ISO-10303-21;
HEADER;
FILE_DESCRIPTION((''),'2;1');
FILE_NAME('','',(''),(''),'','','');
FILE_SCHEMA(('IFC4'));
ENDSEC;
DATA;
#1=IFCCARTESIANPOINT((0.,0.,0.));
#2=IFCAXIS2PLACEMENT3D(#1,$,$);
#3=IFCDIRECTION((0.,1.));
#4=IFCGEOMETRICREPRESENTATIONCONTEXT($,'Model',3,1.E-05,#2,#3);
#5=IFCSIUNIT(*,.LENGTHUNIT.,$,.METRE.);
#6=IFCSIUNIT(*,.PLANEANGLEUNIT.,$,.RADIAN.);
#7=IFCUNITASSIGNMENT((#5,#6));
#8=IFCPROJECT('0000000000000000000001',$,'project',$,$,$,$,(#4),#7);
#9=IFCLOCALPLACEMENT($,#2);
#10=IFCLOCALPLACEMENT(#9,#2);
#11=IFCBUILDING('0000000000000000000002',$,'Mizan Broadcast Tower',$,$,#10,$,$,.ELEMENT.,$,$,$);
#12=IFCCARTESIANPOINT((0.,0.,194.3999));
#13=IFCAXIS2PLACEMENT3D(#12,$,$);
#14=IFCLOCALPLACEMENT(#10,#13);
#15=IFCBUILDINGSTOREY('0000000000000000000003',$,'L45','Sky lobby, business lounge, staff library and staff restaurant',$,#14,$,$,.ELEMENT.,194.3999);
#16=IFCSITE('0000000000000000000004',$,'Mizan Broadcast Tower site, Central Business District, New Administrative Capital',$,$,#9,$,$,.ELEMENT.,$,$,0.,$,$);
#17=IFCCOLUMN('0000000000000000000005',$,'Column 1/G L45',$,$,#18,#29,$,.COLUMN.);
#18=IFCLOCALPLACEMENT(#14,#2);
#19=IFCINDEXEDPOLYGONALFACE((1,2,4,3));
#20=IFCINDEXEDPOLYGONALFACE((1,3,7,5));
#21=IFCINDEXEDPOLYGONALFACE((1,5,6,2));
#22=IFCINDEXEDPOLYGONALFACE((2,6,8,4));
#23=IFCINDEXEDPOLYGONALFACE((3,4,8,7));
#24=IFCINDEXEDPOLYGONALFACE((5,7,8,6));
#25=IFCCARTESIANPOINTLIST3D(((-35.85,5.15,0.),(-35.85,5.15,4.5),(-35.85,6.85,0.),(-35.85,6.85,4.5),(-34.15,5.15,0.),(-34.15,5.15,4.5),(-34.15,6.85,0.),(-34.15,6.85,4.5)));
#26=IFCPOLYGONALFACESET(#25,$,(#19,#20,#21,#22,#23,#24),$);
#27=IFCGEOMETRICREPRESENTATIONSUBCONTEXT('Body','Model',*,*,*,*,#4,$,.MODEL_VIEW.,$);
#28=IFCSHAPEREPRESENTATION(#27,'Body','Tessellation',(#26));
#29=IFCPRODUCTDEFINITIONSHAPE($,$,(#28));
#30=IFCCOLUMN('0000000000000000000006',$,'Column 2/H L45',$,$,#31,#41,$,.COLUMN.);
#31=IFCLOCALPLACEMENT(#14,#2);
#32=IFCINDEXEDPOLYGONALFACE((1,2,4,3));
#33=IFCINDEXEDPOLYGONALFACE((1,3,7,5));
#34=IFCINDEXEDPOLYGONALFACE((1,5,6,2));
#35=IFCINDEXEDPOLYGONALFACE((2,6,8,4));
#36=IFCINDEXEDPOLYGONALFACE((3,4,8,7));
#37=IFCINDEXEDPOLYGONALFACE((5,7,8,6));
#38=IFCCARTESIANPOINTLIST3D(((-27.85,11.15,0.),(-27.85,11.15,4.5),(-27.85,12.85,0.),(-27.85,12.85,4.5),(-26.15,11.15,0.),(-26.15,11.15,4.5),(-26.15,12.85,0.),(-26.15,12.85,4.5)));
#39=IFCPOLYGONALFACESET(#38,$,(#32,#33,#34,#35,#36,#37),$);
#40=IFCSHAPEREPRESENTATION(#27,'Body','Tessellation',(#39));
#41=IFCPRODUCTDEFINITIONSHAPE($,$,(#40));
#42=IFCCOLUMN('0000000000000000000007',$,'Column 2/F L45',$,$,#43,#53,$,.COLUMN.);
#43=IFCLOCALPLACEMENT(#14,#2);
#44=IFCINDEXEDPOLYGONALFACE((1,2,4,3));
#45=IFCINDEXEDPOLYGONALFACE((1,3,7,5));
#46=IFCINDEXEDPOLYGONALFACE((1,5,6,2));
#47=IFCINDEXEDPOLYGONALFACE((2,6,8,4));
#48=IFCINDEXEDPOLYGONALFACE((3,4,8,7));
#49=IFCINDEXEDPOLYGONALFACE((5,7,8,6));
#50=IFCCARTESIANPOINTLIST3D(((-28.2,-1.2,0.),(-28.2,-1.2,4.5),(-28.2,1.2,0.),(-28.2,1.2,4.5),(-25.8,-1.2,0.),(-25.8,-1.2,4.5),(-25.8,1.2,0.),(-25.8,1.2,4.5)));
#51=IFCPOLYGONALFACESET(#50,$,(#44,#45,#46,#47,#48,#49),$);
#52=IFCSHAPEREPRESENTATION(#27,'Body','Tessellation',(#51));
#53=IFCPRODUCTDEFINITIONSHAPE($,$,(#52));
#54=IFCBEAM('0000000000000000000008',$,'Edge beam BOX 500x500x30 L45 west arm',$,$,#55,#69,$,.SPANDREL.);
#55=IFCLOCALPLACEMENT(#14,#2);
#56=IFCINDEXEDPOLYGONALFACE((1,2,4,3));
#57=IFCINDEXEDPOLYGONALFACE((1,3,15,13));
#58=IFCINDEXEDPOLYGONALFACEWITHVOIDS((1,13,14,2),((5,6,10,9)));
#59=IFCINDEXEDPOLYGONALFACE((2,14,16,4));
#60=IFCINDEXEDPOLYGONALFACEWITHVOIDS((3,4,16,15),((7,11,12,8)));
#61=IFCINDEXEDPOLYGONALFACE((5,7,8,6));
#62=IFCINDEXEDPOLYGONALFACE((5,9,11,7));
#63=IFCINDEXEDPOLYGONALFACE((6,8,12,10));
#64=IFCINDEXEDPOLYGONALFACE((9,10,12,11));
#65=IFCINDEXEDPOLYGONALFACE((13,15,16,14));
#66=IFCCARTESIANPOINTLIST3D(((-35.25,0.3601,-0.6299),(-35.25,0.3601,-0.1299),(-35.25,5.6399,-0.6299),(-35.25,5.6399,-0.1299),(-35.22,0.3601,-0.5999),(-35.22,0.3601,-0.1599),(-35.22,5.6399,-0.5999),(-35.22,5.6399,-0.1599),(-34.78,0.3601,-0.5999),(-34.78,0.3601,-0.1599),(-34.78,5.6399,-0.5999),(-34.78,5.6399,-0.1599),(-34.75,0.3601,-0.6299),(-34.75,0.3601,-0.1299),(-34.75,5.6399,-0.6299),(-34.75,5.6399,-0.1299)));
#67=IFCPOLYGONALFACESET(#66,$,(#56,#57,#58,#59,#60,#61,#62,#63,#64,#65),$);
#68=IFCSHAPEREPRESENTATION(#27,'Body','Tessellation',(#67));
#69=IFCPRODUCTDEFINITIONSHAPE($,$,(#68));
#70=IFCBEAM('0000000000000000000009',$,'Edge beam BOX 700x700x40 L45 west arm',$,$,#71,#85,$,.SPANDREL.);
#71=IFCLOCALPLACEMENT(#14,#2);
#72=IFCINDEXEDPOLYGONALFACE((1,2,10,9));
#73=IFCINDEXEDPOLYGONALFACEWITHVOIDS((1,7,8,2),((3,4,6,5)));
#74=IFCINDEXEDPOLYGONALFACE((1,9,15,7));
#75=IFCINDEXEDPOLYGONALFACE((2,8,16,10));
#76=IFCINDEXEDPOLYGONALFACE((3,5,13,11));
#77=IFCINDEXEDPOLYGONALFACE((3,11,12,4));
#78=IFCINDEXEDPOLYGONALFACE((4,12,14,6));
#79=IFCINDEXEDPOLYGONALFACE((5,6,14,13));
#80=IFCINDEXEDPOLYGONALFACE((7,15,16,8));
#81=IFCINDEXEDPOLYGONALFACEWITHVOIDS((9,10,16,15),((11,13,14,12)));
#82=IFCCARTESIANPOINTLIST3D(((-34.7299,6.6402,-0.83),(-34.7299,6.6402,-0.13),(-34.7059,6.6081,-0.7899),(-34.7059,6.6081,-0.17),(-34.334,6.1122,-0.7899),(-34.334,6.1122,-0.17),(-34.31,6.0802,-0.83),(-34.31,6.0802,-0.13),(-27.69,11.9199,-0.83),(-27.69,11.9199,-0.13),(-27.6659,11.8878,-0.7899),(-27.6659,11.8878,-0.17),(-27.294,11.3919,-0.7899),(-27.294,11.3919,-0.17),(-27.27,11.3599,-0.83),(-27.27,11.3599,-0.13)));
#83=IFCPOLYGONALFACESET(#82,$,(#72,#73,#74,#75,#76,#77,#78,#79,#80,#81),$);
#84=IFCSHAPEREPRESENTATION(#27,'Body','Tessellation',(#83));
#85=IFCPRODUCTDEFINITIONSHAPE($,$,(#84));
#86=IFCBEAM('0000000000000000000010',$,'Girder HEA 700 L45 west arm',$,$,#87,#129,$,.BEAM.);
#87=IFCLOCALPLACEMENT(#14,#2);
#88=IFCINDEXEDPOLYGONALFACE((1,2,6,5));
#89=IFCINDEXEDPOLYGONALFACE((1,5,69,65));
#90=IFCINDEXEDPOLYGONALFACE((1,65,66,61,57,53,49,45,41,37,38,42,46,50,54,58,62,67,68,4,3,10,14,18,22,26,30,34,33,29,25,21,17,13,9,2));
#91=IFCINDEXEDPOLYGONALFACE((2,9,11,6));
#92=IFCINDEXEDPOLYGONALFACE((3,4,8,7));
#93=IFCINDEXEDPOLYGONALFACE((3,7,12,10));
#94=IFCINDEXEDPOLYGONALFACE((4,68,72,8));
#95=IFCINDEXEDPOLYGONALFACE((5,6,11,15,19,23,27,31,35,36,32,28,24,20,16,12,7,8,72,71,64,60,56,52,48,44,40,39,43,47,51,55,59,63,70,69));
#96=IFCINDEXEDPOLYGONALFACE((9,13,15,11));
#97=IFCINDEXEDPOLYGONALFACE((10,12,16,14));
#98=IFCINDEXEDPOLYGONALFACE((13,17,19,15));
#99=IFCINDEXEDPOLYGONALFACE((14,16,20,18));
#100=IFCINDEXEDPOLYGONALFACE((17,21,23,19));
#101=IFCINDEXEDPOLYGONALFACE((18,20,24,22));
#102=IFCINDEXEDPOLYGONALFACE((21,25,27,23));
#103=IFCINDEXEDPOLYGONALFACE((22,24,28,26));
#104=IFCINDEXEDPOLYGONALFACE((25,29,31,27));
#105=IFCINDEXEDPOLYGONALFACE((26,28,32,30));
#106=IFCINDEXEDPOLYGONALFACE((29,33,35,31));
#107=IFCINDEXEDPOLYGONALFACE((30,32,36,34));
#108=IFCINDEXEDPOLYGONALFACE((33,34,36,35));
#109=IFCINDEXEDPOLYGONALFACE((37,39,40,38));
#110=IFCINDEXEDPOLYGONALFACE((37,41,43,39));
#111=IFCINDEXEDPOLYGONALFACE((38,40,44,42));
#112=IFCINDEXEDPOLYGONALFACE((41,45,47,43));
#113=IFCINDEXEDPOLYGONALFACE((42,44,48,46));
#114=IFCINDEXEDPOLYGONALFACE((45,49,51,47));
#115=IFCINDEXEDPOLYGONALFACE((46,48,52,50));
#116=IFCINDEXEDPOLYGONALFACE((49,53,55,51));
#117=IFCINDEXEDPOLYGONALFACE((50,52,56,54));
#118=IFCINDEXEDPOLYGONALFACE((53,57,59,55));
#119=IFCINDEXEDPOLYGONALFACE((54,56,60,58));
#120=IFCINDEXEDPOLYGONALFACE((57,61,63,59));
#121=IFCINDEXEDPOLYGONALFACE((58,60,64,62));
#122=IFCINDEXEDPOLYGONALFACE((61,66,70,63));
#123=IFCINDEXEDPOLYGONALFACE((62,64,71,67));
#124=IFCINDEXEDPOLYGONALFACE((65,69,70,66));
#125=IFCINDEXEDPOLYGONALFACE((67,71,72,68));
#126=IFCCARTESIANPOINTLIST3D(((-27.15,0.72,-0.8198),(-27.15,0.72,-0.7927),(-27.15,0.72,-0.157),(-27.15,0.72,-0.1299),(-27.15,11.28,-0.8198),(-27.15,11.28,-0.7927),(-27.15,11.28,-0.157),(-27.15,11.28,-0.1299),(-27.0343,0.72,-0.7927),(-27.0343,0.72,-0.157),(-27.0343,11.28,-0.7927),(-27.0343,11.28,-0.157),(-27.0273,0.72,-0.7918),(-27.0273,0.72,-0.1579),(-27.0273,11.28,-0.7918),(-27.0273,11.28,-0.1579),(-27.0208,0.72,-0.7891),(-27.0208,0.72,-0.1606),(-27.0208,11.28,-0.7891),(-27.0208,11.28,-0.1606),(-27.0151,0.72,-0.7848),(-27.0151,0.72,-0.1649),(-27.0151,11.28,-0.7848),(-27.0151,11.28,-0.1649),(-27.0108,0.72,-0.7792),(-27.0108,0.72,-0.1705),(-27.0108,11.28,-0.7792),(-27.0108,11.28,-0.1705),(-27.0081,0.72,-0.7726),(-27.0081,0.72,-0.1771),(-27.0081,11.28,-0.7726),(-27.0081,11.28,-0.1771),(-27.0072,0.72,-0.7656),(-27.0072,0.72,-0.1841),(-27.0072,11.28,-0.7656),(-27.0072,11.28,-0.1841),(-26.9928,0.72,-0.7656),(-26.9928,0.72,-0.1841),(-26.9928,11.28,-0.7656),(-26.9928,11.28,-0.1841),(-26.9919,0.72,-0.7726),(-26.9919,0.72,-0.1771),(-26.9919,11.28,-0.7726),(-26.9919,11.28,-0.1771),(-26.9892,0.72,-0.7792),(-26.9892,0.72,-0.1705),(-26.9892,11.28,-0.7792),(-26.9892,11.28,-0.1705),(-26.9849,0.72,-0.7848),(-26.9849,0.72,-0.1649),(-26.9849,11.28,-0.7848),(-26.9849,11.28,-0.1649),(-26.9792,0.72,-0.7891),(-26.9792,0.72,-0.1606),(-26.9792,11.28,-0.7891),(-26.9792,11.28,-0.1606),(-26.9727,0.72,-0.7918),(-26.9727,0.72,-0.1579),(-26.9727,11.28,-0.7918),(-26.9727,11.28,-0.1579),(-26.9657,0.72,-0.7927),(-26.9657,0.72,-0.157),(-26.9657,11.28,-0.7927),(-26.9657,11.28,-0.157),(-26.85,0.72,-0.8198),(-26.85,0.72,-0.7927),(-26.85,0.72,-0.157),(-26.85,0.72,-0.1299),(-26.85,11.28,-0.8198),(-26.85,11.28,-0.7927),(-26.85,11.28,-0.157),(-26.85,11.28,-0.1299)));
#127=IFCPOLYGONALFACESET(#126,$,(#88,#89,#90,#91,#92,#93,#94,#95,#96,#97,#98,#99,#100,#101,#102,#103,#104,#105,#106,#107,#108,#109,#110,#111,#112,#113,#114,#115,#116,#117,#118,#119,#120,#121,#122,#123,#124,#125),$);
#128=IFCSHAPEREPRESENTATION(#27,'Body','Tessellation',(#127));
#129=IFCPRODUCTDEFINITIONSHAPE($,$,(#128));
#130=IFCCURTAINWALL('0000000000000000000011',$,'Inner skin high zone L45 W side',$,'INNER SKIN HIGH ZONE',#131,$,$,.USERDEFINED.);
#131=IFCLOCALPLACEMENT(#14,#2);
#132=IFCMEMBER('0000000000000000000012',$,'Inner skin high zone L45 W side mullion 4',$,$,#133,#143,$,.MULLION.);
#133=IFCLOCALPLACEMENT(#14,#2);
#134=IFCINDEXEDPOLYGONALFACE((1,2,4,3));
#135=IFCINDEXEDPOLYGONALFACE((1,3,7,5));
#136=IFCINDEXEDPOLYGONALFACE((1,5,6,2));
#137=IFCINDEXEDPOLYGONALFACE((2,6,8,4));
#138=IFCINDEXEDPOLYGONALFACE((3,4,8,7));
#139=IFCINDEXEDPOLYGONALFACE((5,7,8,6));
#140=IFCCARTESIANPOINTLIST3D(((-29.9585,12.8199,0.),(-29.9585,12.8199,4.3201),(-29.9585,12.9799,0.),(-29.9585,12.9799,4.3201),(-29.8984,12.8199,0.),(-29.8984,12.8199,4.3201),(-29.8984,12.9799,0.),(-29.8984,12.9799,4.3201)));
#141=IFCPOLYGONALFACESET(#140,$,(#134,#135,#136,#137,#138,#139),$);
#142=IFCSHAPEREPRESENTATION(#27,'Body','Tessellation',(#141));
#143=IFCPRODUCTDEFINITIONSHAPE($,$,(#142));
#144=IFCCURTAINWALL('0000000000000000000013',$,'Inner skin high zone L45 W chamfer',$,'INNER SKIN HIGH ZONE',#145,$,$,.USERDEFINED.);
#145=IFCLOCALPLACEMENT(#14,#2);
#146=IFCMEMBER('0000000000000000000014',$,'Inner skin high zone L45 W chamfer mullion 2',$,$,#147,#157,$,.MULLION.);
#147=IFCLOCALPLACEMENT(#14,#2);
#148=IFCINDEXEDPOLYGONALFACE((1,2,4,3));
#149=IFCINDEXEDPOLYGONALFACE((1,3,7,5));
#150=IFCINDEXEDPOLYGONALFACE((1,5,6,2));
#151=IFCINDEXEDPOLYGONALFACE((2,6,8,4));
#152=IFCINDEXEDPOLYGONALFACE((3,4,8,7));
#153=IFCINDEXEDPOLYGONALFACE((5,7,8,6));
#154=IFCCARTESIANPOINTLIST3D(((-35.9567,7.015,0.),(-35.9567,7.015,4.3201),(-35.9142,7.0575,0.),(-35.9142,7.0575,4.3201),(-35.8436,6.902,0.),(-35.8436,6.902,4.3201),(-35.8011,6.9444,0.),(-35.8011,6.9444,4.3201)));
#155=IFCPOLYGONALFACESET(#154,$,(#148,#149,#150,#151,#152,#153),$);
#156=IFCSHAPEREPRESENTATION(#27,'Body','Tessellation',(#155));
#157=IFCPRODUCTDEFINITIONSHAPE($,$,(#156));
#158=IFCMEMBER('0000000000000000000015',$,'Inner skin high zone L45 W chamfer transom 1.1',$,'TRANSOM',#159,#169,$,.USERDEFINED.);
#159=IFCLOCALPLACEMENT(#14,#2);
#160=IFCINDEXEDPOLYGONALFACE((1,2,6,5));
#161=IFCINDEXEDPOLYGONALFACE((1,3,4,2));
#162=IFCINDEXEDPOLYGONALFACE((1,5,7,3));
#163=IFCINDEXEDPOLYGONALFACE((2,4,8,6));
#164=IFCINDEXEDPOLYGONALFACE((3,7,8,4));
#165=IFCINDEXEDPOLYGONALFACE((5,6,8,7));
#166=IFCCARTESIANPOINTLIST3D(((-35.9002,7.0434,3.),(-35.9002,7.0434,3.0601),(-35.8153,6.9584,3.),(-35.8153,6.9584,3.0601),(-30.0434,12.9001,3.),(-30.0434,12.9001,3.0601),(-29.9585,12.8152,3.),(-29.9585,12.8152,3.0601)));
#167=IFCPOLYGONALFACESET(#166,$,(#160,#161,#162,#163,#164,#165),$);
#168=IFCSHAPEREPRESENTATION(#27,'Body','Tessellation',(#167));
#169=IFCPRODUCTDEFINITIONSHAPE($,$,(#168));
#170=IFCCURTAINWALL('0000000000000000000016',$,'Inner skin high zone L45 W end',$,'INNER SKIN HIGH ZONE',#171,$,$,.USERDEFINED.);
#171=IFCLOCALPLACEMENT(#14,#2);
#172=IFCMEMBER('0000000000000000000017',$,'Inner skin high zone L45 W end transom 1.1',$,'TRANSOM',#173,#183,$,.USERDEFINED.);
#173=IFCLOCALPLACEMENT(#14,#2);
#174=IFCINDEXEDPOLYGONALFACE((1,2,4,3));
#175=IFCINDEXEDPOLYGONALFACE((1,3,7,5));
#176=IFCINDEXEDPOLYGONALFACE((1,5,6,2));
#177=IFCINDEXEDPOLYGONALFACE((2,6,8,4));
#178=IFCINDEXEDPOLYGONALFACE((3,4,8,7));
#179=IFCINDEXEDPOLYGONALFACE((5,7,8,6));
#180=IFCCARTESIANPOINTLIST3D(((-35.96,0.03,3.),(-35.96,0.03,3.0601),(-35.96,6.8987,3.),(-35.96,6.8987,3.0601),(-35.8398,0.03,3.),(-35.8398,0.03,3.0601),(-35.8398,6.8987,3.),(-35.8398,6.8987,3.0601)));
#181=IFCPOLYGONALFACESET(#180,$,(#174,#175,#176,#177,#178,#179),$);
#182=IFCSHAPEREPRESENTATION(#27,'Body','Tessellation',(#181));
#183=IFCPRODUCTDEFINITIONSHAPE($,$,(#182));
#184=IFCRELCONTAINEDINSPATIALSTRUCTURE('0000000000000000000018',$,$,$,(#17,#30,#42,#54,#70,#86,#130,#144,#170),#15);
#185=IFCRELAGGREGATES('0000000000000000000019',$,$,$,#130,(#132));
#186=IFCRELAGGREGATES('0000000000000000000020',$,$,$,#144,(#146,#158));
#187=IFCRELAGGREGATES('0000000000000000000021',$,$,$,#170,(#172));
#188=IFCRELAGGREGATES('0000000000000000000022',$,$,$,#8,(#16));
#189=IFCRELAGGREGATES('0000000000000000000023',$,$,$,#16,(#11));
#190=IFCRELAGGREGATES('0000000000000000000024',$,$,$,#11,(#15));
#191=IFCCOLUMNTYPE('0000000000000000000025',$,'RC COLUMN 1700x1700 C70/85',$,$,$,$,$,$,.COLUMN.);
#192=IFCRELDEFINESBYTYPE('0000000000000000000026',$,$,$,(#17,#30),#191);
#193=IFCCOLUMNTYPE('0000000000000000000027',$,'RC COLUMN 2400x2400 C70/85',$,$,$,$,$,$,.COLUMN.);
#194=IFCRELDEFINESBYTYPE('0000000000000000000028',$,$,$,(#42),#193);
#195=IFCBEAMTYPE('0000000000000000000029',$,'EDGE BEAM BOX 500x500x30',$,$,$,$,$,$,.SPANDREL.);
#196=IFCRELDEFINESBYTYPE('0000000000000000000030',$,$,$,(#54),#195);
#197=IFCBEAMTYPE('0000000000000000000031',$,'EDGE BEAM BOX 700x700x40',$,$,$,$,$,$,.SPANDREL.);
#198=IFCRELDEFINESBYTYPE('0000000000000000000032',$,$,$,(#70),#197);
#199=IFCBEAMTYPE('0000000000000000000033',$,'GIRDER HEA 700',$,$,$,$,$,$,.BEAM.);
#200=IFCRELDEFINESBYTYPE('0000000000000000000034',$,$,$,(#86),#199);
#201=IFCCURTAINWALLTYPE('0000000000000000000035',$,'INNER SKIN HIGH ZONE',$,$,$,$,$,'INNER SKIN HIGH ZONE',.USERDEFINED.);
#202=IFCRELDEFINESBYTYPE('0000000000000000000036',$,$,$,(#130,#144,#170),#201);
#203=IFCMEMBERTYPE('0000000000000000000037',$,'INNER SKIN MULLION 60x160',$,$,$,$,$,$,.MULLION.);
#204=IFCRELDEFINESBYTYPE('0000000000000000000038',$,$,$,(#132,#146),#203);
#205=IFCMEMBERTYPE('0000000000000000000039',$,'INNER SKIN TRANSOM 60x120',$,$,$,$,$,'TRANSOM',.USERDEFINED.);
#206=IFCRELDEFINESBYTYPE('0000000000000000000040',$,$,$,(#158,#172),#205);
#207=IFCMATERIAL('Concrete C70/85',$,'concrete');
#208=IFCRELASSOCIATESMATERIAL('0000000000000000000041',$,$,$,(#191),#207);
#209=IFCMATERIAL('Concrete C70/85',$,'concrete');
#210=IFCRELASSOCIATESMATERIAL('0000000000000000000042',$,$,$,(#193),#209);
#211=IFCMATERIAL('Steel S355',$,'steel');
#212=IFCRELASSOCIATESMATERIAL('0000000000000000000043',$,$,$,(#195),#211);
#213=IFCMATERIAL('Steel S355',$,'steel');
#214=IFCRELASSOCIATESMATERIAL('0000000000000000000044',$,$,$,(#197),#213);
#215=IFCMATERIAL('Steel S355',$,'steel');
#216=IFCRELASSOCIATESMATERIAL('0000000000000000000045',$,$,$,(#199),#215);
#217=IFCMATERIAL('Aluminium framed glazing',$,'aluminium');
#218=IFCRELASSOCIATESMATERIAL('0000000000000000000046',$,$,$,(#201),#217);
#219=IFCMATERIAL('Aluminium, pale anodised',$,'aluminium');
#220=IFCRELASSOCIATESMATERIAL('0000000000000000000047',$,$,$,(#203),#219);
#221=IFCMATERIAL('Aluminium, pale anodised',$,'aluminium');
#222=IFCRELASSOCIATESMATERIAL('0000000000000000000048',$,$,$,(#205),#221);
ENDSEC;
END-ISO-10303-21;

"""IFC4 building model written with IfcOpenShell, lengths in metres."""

from ifc_helpers import new_model, si_unit, direction, frame, origin, origin_2d, place, context, subcontext, project, spatial, rectangle, hollow_rectangle, i_section, extrude, material, material_profile, profile_set, type_object, element, aggregate, save


model = new_model("IFC4")

# Units and contexts
model_context = context("Model", 3, precision=1e-05, world=origin(), true_north=direction((0.0, 1.0)))
body_context = subcontext(model_context, "Body", "Model", "MODEL_VIEW")
ifc_project = project(units=[si_unit("LENGTHUNIT", "METRE"), si_unit("PLANEANGLEUNIT", "RADIAN")], contexts=[model_context])

# Site, building, storey
site_placement = place(None, origin())
site = spatial("IfcSite", under=ifc_project, at=site_placement, Name="Mizan Broadcast Tower site, Central Business District, New Administrative Capital", CompositionType="ELEMENT", RefElevation=0.0)
building_placement = place(site_placement, origin())
building = spatial("IfcBuilding", under=site, at=building_placement, Name="Mizan Broadcast Tower", CompositionType="ELEMENT")
storey_placement = place(building_placement, frame((0.0, 0.0, 194.3999)))
storey = spatial("IfcBuildingStorey", under=building, at=storey_placement, Name="L45", Description="Sky lobby, business lounge, staff library and staff restaurant", CompositionType="ELEMENT", Elevation=194.3999)

# Columns
ifc_material_1 = material(Name="Concrete C70/85", Category="concrete")
ifc_material_profile_1 = material_profile(ifc_material_1, rectangle(XDim=1.7, YDim=1.7, at=origin_2d()), Name="RC 1700x1700")
ifc_profile_set_1 = profile_set([ifc_material_profile_1], Name="Concrete C70/85")
column_type_1 = type_object("IfcColumnType", Name="RC COLUMN 1700x1700 C70/85", PredefinedType="COLUMN", material=ifc_profile_set_1)
for number, where, z_axis, x_axis, name in (
    (1, (-35.0, 6.0, 0.0), (0.0, 0.0, 1.0), (1.0, 0.0, 0.0), "Column 1/G L45"),
    (2, (-27.0, 12.0, 0.0), (0.0, 0.0, 1.0), (1.0, 0.0, 0.0), "Column 2/H L45"),
):
    element("IfcColumn", number, at=place(storey_placement, frame(where, z_axis=z_axis, x_axis=x_axis)), inside=storey, type_object=column_type_1, Name=name, PredefinedType="COLUMN", context=body_context, shape_type="SweptSolid", body=[
        extrude(rectangle(XDim=1.7, YDim=1.7, at=origin_2d()), origin(), (0.0, 0.0, 1.0), 4.5),
    ])
ifc_material_2 = material(Name="Concrete C70/85", Category="concrete")
ifc_material_profile_2 = material_profile(ifc_material_2, rectangle(XDim=2.3999, YDim=2.3999, at=origin_2d()), Name="RC 2400x2400")
ifc_profile_set_2 = profile_set([ifc_material_profile_2], Name="Concrete C70/85")
column_type_2 = type_object("IfcColumnType", Name="RC COLUMN 2400x2400 C70/85", PredefinedType="COLUMN", material=ifc_profile_set_2)
column_placement = place(storey_placement, frame((-27.0, 0.0, 0.0), z_axis=(0.0, 0.0, 1.0), x_axis=(1.0, 0.0, 0.0)))
element("IfcColumn", 3, at=column_placement, inside=storey, type_object=column_type_2, Name="Column 2/F L45", PredefinedType="COLUMN", context=body_context, shape_type="SweptSolid", body=[
    extrude(rectangle(XDim=2.3999, YDim=2.3999, at=origin_2d()), origin(), (0.0, 0.0, 1.0), 4.5),
])

# Beams
ifc_material_3 = material(Name="Steel S355", Category="steel")
ifc_material_profile_3 = material_profile(ifc_material_3, hollow_rectangle(XDim=0.5, YDim=0.5, WallThickness=0.03, at=origin_2d()), Name="BOX 500x500x30")
ifc_profile_set_3 = profile_set([ifc_material_profile_3], Name="Steel S355")
beam_type_1 = type_object("IfcBeamType", Name="EDGE BEAM BOX 500x500x30", PredefinedType="SPANDREL", material=ifc_profile_set_3)
beam_1_placement = place(storey_placement, frame((-35.0, 5.6399, -0.3799), z_axis=(0.0, -1.0, 0.0), x_axis=(1.0, 0.0, 0.0)))
element("IfcBeam", 4, at=beam_1_placement, inside=storey, type_object=beam_type_1, Name="Edge beam BOX 500x500x30 L45 west arm", PredefinedType="SPANDREL", context=body_context, shape_type="SweptSolid", body=[
    extrude(hollow_rectangle(XDim=0.5, YDim=0.5, WallThickness=0.03, at=origin_2d()), origin(), (0.0, 0.0, 1.0), 5.2798),
])
ifc_material_4 = material(Name="Steel S355", Category="steel")
ifc_material_profile_4 = material_profile(ifc_material_4, hollow_rectangle(XDim=0.7, YDim=0.7, WallThickness=0.04, at=origin_2d()), Name="BOX 700x700x40")
ifc_profile_set_4 = profile_set([ifc_material_profile_4], Name="Steel S355")
beam_type_2 = type_object("IfcBeamType", Name="EDGE BEAM BOX 700x700x40", PredefinedType="SPANDREL", material=ifc_profile_set_4)
beam_2_placement = place(storey_placement, frame((-27.48, 11.6399, -0.48), z_axis=(-0.800013, -0.599982, 0.0), x_axis=(0.599982, -0.800013, 0.0)))
element("IfcBeam", 5, at=beam_2_placement, inside=storey, type_object=beam_type_2, Name="Edge beam BOX 700x700x40 L45 west arm", PredefinedType="SPANDREL", context=body_context, shape_type="SweptSolid", body=[
    extrude(hollow_rectangle(XDim=0.7, YDim=0.7, WallThickness=0.04, at=origin_2d()), origin(), (0.0, 0.0, 1.0), 8.7998),
])
ifc_material_5 = material(Name="Steel S355", Category="steel")
ifc_material_profile_5 = material_profile(ifc_material_5, i_section(OverallWidth=0.3, OverallDepth=0.6899, WebThickness=0.0144, FlangeThickness=0.0271, FilletRadius=0.0271, at=origin_2d()), Name="HEA 700")
ifc_profile_set_5 = profile_set([ifc_material_profile_5], Name="Steel S355")
beam_type_3 = type_object("IfcBeamType", Name="GIRDER HEA 700", PredefinedType="BEAM", material=ifc_profile_set_5)
beam_3_placement = place(storey_placement, frame((-27.0, 11.28, -0.4749), z_axis=(0.0, -1.0, 0.0), x_axis=(1.0, 0.0, 0.0)))
element("IfcBeam", 6, at=beam_3_placement, inside=storey, type_object=beam_type_3, Name="Girder HEA 700 L45 west arm", PredefinedType="BEAM", context=body_context, shape_type="SweptSolid", body=[
    extrude(i_section(OverallWidth=0.3, OverallDepth=0.6899, WebThickness=0.0144, FlangeThickness=0.0271, FilletRadius=0.0271, at=origin_2d()), origin(), (0.0, 0.0, 1.0), 10.5601),
])

# Curtain wall, member
ifc_material_6 = material(Name="Aluminium framed glazing", Category="aluminium")
curtain_wall_type_1 = type_object("IfcCurtainWallType", Name="INNER SKIN HIGH ZONE", ElementType="INNER SKIN HIGH ZONE", PredefinedType="USERDEFINED", material=ifc_material_6)
curtain_wall_1_placement = place(storey_placement, origin())
curtain_wall_1 = element("IfcCurtainWall", 7, at=curtain_wall_1_placement, inside=storey, type_object=curtain_wall_type_1, Name="Inner skin high zone L45 W side", ObjectType="INNER SKIN HIGH ZONE", PredefinedType="USERDEFINED")
ifc_material_7 = material(Name="Aluminium, pale anodised", Category="aluminium")
ifc_material_profile_6 = material_profile(ifc_material_7, rectangle(XDim=0.1599, YDim=0.0601, at=origin_2d()), Name="MULLION 160x60")
ifc_profile_set_6 = profile_set([ifc_material_profile_6], Name="Aluminium, pale anodised")
member_type_1 = type_object("IfcMemberType", Name="INNER SKIN MULLION 60x160", PredefinedType="MULLION", material=ifc_profile_set_6)
member_1_placement = place(storey_placement, frame((-29.9285, 12.8999, 0.0), z_axis=(0.0, 0.0, 1.0), x_axis=(0.0, -1.0, 0.0)))
member_1 = element("IfcMember", 8, at=member_1_placement, type_object=member_type_1, Name="Inner skin high zone L45 W side mullion 4", PredefinedType="MULLION", context=body_context, shape_type="SweptSolid", body=[
    extrude(rectangle(XDim=0.1599, YDim=0.0601, at=origin_2d()), origin(), (0.0, 0.0, 1.0), 4.3201),
])

# Curtain wall, members
curtain_wall_2_placement = place(storey_placement, origin())
curtain_wall_2 = element("IfcCurtainWall", 9, at=curtain_wall_2_placement, inside=storey, type_object=curtain_wall_type_1, Name="Inner skin high zone L45 W chamfer", ObjectType="INNER SKIN HIGH ZONE", PredefinedType="USERDEFINED")
member_2_placement = place(storey_placement, frame((-35.8789, 6.9797, 0.0), z_axis=(0.0, 0.0, 1.0), x_axis=(0.707107, -0.707107, 0.0)))
member_2 = element("IfcMember", 10, at=member_2_placement, type_object=member_type_1, Name="Inner skin high zone L45 W chamfer mullion 2", PredefinedType="MULLION", context=body_context, shape_type="SweptSolid", body=[
    extrude(rectangle(XDim=0.1599, YDim=0.0601, at=origin_2d()), origin(), (0.0, 0.0, 1.0), 4.3201),
])
ifc_material_8 = material(Name="Aluminium, pale anodised", Category="aluminium")
ifc_material_profile_7 = material_profile(ifc_material_8, rectangle(XDim=0.1201, YDim=0.0601, at=origin_2d()), Name="TRANSOM 120x60")
ifc_profile_set_7 = profile_set([ifc_material_profile_7], Name="Aluminium, pale anodised")
member_type_2 = type_object("IfcMemberType", Name="INNER SKIN TRANSOM 60x120", ElementType="TRANSOM", PredefinedType="USERDEFINED", material=ifc_profile_set_7)
member_3_placement = place(storey_placement, frame((-30.001, 12.8577, 3.03), z_axis=(-0.707107, -0.707107, 0.0), x_axis=(0.707107, -0.707107, 0.0)))
member_3 = element("IfcMember", 11, at=member_3_placement, type_object=member_type_2, Name="Inner skin high zone L45 W chamfer transom 1.1", ObjectType="TRANSOM", PredefinedType="USERDEFINED", context=body_context, shape_type="SweptSolid", body=[
    extrude(rectangle(XDim=0.1201, YDim=0.0601, at=origin_2d()), origin(), (0.0, 0.0, 1.0), 8.2827),
])

# Curtain wall, member
curtain_wall_3_placement = place(storey_placement, origin())
curtain_wall_3 = element("IfcCurtainWall", 12, at=curtain_wall_3_placement, inside=storey, type_object=curtain_wall_type_1, Name="Inner skin high zone L45 W end", ObjectType="INNER SKIN HIGH ZONE", PredefinedType="USERDEFINED")
member_4_placement = place(storey_placement, frame((-35.8999, 6.8987, 3.03), z_axis=(0.0, -1.0, 0.0), x_axis=(1.0, 0.0, 0.0)))
member_4 = element("IfcMember", 13, at=member_4_placement, type_object=member_type_2, Name="Inner skin high zone L45 W end transom 1.1", ObjectType="TRANSOM", PredefinedType="USERDEFINED", context=body_context, shape_type="SweptSolid", body=[
    extrude(rectangle(XDim=0.1201, YDim=0.0601, at=origin_2d()), origin(), (0.0, 0.0, 1.0), 6.8687),
])

aggregate(curtain_wall_1, [member_1])
aggregate(curtain_wall_2, [member_2, member_3])
aggregate(curtain_wall_3, [member_4])

save(model, "model.ifc")
